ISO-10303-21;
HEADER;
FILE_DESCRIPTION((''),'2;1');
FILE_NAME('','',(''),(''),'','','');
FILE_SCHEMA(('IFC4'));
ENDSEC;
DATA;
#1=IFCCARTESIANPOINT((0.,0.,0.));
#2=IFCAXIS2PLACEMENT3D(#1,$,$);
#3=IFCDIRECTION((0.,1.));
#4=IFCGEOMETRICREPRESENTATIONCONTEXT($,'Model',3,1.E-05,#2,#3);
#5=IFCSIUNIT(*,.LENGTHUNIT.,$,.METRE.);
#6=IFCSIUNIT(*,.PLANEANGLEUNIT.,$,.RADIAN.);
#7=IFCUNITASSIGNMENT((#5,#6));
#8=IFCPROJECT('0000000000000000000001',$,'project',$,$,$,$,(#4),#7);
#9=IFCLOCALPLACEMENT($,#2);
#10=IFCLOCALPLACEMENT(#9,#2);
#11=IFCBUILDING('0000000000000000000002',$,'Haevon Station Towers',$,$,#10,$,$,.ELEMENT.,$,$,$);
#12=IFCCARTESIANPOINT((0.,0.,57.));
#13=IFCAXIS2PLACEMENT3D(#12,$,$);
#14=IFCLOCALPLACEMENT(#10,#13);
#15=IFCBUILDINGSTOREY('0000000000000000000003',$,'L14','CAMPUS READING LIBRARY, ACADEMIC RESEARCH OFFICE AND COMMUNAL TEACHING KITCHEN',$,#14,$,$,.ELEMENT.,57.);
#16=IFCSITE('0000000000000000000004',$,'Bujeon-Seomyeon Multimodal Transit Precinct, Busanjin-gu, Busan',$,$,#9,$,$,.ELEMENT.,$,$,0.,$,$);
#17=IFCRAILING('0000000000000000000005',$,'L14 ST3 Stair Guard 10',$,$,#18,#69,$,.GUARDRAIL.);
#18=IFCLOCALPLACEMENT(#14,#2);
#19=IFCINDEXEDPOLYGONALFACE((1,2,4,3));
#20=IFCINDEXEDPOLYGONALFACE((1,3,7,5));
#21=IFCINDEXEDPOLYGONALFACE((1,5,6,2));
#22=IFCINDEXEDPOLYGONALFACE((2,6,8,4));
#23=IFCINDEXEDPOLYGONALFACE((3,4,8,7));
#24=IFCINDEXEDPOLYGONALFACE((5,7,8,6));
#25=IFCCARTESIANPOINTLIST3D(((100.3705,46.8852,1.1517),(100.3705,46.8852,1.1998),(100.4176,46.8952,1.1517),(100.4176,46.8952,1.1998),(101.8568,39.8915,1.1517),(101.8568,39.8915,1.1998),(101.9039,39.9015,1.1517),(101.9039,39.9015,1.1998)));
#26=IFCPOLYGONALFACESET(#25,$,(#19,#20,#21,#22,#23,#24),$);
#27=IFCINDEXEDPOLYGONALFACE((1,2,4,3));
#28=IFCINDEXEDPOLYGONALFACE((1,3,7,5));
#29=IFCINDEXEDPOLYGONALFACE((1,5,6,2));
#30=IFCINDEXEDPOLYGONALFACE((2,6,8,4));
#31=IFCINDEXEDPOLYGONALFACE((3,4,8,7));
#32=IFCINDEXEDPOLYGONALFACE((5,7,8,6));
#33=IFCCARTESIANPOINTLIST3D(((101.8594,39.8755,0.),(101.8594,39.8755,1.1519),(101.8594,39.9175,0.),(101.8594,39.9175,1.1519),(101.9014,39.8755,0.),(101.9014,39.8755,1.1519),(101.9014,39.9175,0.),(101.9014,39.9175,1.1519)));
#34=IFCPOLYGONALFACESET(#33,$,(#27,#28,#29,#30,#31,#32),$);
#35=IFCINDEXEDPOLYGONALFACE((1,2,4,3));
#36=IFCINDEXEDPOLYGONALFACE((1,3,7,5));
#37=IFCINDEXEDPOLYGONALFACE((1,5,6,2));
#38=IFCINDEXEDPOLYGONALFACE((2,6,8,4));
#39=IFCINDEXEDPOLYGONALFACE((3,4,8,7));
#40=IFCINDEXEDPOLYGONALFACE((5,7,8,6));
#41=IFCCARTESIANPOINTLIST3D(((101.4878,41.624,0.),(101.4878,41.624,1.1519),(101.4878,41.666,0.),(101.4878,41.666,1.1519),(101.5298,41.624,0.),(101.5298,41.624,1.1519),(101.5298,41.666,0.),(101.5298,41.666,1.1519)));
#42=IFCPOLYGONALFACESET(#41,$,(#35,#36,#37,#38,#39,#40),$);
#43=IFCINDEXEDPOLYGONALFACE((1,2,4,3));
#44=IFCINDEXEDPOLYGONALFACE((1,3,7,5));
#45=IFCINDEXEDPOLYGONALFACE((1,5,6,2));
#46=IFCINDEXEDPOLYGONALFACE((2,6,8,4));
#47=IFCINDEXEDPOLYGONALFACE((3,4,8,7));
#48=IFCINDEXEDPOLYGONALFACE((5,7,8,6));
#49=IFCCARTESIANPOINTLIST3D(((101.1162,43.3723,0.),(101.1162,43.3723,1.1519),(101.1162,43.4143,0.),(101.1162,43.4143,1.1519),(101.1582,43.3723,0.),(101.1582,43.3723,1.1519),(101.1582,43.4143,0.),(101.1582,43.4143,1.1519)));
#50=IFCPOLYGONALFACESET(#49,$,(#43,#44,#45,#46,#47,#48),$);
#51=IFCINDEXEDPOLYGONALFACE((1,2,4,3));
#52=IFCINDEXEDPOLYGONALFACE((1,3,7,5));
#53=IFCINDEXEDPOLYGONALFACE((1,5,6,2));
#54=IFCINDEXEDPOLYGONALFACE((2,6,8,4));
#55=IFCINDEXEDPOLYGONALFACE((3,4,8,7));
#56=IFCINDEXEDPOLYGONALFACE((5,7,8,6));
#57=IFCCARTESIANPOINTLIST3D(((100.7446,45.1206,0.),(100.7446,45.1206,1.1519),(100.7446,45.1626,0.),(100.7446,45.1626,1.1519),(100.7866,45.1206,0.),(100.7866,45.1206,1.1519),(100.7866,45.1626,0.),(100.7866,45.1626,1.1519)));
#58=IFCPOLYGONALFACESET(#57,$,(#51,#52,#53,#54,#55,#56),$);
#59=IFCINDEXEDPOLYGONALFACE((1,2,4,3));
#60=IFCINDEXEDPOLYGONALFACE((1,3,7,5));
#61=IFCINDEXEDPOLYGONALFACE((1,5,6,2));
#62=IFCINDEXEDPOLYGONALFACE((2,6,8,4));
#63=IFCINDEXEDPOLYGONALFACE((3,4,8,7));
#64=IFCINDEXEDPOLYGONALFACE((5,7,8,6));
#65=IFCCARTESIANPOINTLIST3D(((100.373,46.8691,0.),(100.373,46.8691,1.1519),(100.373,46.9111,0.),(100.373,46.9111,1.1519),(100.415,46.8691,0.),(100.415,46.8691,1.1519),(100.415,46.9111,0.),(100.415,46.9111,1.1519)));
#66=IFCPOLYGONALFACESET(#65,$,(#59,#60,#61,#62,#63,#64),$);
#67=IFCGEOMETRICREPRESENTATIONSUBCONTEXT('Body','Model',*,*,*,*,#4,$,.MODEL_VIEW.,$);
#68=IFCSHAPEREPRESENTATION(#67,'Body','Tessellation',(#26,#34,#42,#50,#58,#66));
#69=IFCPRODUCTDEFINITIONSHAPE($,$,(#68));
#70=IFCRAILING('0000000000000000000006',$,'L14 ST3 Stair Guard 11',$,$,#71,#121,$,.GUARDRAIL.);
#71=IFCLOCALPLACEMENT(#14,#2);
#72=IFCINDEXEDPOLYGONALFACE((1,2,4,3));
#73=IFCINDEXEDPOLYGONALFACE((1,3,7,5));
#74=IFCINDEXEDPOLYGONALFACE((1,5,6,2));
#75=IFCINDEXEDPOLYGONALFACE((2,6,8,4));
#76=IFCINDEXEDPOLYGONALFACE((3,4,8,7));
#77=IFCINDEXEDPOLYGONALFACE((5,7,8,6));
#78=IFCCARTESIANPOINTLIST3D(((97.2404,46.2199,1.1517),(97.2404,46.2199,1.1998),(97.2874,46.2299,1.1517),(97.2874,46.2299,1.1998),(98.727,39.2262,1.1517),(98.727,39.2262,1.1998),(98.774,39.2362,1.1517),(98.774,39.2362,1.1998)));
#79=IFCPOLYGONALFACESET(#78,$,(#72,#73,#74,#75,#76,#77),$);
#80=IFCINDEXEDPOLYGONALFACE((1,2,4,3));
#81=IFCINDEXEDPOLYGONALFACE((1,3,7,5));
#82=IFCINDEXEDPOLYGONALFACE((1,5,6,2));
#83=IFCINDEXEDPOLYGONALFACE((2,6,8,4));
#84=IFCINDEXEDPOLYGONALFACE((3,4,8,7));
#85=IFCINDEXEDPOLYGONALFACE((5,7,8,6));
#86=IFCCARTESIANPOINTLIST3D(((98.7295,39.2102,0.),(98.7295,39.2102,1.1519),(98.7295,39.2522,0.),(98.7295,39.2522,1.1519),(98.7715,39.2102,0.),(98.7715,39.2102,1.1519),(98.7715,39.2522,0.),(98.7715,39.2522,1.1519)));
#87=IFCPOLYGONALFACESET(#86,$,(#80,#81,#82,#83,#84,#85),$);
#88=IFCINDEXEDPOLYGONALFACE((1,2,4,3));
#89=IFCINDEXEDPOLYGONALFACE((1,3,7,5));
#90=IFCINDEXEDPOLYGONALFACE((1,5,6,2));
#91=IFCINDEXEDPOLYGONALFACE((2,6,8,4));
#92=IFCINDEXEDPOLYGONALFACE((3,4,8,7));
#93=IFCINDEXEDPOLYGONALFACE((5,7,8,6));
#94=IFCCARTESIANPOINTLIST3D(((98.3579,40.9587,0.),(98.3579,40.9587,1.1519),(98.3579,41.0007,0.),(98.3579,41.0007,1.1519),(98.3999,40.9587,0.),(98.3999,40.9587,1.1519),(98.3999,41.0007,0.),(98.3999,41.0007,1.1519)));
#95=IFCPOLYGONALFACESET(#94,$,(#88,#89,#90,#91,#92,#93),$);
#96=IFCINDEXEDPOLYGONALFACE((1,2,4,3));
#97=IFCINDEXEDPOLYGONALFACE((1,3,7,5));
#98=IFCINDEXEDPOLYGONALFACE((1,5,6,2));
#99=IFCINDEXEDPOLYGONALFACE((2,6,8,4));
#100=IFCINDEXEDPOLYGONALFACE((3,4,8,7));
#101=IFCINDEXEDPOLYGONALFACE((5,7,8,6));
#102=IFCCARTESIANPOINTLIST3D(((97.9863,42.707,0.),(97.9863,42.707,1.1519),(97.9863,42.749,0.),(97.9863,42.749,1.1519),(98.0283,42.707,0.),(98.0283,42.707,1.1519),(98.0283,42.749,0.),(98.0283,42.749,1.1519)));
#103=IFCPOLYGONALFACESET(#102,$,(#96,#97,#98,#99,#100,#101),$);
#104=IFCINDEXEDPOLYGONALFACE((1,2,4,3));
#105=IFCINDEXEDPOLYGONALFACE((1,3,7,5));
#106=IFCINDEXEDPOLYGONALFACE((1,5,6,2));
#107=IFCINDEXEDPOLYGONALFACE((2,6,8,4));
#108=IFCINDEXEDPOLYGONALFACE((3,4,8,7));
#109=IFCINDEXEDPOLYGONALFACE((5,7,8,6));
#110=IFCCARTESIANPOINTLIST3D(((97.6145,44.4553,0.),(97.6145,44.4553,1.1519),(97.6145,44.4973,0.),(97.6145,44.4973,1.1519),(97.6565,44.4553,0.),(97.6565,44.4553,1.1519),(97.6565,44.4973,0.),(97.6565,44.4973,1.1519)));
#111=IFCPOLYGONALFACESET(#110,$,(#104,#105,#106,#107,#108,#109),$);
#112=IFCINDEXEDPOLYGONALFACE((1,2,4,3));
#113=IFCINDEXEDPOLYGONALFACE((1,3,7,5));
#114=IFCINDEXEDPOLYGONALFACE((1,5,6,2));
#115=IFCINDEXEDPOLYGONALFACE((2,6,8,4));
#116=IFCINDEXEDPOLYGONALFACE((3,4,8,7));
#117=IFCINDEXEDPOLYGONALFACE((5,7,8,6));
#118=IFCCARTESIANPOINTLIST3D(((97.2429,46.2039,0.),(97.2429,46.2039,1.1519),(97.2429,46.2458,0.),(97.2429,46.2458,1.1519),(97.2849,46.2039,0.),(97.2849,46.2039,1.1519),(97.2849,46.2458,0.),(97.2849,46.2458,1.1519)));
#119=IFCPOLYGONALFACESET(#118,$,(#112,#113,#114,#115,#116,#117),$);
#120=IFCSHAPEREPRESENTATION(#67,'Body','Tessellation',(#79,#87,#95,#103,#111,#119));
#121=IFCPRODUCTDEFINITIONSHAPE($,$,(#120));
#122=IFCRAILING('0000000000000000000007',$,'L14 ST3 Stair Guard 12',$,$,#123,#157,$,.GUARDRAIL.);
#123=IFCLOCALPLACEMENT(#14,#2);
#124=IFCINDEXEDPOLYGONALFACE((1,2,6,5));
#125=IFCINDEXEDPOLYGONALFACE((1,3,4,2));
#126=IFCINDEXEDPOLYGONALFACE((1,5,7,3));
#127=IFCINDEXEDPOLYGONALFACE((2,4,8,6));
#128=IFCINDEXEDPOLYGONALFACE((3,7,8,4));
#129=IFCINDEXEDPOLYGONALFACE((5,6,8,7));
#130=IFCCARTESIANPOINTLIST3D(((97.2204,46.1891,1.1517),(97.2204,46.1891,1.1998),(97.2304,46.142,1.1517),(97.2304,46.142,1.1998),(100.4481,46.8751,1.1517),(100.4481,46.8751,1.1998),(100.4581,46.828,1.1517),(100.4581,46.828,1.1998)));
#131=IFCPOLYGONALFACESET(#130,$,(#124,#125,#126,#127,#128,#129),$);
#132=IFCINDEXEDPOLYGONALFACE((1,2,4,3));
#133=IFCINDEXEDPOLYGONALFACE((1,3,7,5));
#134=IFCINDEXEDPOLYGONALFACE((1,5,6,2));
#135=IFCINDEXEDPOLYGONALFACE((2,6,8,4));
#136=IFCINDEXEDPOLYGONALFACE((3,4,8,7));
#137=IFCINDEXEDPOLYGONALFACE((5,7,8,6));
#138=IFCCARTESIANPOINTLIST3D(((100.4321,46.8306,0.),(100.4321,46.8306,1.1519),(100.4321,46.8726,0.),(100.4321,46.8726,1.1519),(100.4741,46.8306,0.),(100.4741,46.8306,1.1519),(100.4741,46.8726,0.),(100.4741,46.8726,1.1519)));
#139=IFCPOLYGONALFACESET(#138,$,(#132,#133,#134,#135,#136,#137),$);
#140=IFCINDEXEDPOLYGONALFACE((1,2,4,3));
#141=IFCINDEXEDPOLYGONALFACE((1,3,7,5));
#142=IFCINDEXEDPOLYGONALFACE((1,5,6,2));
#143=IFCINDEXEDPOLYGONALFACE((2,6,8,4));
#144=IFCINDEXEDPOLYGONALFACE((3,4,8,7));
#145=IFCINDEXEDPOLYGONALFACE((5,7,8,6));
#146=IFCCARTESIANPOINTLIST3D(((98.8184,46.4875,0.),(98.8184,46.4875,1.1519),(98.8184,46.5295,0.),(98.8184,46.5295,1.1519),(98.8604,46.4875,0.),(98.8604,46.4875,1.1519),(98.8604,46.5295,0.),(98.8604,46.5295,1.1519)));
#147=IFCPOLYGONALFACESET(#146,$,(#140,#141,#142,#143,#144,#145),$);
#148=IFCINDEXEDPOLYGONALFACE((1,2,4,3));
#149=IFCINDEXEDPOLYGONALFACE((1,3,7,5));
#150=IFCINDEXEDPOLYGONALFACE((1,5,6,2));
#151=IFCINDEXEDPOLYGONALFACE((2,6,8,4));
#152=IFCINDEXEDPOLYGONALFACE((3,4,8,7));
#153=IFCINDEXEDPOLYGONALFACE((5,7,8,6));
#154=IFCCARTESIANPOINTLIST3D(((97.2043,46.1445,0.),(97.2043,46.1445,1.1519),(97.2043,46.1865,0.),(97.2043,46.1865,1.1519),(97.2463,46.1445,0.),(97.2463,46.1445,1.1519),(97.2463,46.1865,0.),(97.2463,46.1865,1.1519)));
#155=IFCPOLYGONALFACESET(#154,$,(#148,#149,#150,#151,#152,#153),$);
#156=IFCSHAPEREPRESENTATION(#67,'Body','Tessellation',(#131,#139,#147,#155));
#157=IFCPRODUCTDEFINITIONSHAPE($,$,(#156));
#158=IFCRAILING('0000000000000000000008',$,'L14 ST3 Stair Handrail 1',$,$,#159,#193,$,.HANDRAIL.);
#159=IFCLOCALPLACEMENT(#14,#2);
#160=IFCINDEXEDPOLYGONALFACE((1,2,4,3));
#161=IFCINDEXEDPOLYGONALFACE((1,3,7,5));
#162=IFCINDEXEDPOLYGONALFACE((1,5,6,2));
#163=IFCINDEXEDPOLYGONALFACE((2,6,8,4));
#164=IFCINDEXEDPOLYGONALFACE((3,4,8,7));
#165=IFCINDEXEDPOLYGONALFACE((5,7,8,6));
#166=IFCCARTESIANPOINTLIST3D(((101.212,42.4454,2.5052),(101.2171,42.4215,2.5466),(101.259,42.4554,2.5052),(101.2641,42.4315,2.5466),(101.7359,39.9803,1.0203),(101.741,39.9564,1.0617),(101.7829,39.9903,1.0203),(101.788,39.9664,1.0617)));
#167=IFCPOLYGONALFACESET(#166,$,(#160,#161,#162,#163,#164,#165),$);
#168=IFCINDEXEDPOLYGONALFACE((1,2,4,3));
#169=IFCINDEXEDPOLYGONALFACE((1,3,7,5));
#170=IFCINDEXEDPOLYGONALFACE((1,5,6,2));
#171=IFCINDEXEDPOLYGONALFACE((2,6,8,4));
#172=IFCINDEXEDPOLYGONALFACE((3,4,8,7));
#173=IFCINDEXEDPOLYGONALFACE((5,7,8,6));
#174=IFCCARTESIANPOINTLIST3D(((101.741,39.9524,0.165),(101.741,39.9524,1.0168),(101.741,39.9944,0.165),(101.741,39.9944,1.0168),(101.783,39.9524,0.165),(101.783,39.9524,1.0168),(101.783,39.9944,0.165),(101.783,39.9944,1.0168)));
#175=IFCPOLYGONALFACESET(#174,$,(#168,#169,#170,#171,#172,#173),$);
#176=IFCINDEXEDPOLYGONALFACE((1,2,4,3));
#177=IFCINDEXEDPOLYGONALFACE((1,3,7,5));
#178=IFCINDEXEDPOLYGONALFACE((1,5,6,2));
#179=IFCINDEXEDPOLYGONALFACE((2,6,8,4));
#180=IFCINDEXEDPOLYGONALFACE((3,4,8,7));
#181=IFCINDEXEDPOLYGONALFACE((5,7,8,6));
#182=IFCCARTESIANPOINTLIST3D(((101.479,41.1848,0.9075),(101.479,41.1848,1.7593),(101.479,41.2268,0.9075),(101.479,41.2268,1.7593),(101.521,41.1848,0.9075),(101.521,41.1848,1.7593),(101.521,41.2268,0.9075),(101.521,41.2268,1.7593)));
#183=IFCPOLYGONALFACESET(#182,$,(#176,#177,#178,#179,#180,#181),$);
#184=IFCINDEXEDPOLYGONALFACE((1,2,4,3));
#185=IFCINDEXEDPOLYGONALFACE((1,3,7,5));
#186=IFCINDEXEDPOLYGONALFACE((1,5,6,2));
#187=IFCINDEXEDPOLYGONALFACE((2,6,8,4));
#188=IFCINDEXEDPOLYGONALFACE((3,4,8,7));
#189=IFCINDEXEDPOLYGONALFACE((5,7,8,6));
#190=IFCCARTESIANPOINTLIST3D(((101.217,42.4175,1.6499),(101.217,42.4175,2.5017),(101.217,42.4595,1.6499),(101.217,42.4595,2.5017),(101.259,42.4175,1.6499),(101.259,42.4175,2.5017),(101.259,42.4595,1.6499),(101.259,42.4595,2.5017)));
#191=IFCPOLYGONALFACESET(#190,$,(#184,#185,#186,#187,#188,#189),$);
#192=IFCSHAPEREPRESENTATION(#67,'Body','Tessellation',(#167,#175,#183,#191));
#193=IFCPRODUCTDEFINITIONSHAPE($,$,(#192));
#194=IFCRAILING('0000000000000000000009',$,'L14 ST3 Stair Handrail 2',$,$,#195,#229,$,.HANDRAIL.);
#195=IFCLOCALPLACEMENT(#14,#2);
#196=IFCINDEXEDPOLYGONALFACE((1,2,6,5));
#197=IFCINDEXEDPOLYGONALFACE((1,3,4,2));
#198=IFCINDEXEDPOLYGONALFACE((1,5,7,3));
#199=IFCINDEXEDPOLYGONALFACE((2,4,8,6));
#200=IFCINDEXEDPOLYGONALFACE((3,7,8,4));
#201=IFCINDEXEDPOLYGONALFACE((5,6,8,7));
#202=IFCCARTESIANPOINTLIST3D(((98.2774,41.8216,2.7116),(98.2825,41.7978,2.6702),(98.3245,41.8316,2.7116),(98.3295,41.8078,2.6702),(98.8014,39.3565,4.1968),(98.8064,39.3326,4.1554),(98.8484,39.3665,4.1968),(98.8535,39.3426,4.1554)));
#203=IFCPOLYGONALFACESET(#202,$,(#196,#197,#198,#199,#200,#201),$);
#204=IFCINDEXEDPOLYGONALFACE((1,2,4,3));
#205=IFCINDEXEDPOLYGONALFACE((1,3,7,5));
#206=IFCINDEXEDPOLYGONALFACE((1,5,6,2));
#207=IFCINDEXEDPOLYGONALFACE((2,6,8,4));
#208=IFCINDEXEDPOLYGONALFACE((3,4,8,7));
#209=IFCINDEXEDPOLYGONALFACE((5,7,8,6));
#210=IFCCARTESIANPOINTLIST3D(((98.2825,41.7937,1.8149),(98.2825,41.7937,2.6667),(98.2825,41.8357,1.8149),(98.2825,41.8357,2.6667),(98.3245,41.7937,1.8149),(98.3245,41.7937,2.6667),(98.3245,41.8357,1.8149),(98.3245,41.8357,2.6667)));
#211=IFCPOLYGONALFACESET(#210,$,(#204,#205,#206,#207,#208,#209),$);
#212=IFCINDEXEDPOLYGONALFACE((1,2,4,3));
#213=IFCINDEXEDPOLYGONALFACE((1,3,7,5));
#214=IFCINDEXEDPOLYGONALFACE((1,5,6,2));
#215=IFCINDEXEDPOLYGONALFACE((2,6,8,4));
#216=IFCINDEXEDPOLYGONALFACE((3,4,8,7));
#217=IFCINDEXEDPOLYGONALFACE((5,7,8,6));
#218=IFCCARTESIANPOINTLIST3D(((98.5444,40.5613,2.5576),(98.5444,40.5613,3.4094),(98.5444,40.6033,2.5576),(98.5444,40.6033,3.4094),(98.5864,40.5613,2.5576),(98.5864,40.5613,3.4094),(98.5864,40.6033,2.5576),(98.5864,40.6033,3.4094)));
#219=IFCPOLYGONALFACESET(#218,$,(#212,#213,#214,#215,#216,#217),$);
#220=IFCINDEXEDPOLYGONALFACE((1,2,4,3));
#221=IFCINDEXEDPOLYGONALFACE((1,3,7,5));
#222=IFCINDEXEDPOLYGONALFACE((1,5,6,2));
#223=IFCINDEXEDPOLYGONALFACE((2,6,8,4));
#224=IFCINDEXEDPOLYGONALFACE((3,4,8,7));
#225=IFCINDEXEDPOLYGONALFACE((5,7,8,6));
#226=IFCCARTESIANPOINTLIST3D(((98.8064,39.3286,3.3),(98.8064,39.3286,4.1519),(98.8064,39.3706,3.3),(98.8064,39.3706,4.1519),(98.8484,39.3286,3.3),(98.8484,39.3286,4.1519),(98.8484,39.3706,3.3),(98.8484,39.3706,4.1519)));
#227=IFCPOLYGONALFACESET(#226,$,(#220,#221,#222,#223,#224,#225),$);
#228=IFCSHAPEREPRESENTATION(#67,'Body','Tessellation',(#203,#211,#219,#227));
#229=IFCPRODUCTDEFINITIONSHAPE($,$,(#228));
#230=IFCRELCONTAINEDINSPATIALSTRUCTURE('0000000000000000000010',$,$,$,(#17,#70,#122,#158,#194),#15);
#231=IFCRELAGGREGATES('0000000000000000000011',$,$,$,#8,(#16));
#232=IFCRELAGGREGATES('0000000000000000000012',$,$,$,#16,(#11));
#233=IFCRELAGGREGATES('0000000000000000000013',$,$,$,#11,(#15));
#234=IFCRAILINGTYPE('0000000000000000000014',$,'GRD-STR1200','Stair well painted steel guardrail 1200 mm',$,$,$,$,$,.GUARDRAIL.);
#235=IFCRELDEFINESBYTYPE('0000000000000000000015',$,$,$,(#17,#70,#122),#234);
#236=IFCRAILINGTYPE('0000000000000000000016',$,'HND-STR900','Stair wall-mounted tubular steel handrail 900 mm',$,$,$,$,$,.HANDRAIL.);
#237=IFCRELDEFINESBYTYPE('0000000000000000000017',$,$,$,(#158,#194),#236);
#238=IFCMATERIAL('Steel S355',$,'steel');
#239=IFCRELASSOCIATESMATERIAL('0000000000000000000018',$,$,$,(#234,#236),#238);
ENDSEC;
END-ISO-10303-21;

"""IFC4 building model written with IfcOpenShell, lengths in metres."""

from ifc_helpers import new_model, si_unit, direction, frame, origin, origin_2d, place, context, subcontext, project, spatial, rectangle, extrude, material, type_object, element, save


model = new_model("IFC4")

# Units and contexts
model_context = context("Model", 3, precision=1e-05, world=origin(), true_north=direction((0.0, 1.0)))
body_context = subcontext(model_context, "Body", "Model", "MODEL_VIEW")
ifc_project = project(units=[si_unit("LENGTHUNIT", "METRE"), si_unit("PLANEANGLEUNIT", "RADIAN")], contexts=[model_context])

# Site, building, storey
site_placement = place(None, origin())
site = spatial("IfcSite", under=ifc_project, at=site_placement, Name="Bujeon-Seomyeon Multimodal Transit Precinct, Busanjin-gu, Busan", CompositionType="ELEMENT", RefElevation=0.0)
building_placement = place(site_placement, origin())
building = spatial("IfcBuilding", under=site, at=building_placement, Name="Haevon Station Towers", CompositionType="ELEMENT")
storey_placement = place(building_placement, frame((0.0, 0.0, 57.0)))
storey = spatial("IfcBuildingStorey", under=building, at=storey_placement, Name="L14", Description="CAMPUS READING LIBRARY, ACADEMIC RESEARCH OFFICE AND COMMUNAL TEACHING KITCHEN", CompositionType="ELEMENT", Elevation=57.0)

# Shared definitions
ifc_material_1 = material(Name="Steel S355", Category="steel")

# Railings
railing_type_1 = type_object("IfcRailingType", Name="GRD-STR1200", Description="Stair well painted steel guardrail 1200 mm", PredefinedType="GUARDRAIL", material=ifc_material_1)
railing_1_placement = place(storey_placement, frame((101.8804, 39.8965, 0.0)))
element("IfcRailing", 1, at=railing_1_placement, inside=storey, type_object=railing_type_1, Name="L14 ST3 Stair Guard 10", PredefinedType="GUARDRAIL", context=body_context, shape_type="SweptSolid", body=[
    extrude(rectangle(XDim=0.0481, YDim=0.0481, at=origin_2d()), frame((0.0, 0.0, 1.1758), z_axis=(-0.207882, 0.978154, 0.0), x_axis=(-0.978154, -0.207882, 0.0)), (0.0, 0.0, 1.0), 7.1499),
    extrude(rectangle(XDim=0.042, YDim=0.042, at=origin_2d()), origin(), (0.0, 0.0, 1.0), 1.1519),
    extrude(rectangle(XDim=0.042, YDim=0.042, at=origin_2d()), frame((-0.3716, 1.7485, 0.0)), (0.0, 0.0, 1.0), 1.1519),
    extrude(rectangle(XDim=0.042, YDim=0.042, at=origin_2d()), frame((-0.7432, 3.4968, 0.0)), (0.0, 0.0, 1.0), 1.1519),
    extrude(rectangle(XDim=0.042, YDim=0.042, at=origin_2d()), frame((-1.1147, 5.2451, 0.0)), (0.0, 0.0, 1.0), 1.1519),
    extrude(rectangle(XDim=0.042, YDim=0.042, at=origin_2d()), frame((-1.4863, 6.9937, 0.0)), (0.0, 0.0, 1.0), 1.1519),
])
railing_2_placement = place(storey_placement, frame((98.7505, 39.2312, 0.0)))
element("IfcRailing", 2, at=railing_2_placement, inside=storey, type_object=railing_type_1, Name="L14 ST3 Stair Guard 11", PredefinedType="GUARDRAIL", context=body_context, shape_type="SweptSolid", body=[
    extrude(rectangle(XDim=0.0481, YDim=0.0481, at=origin_2d()), frame((0.0, 0.0, 1.1758), z_axis=(-0.207915, 0.978147, 0.0), x_axis=(-0.978147, -0.207915, 0.0)), (0.0, 0.0, 1.0), 7.1499),
    extrude(rectangle(XDim=0.042, YDim=0.042, at=origin_2d()), origin(), (0.0, 0.0, 1.0), 1.1519),
    extrude(rectangle(XDim=0.042, YDim=0.042, at=origin_2d()), frame((-0.3716, 1.7485, 0.0)), (0.0, 0.0, 1.0), 1.1519),
    extrude(rectangle(XDim=0.042, YDim=0.042, at=origin_2d()), frame((-0.7432, 3.4968, 0.0)), (0.0, 0.0, 1.0), 1.1519),
    extrude(rectangle(XDim=0.042, YDim=0.042, at=origin_2d()), frame((-1.115, 5.2451, 0.0)), (0.0, 0.0, 1.0), 1.1519),
    extrude(rectangle(XDim=0.042, YDim=0.042, at=origin_2d()), frame((-1.4866, 6.9937, 0.0)), (0.0, 0.0, 1.0), 1.1519),
])
railing_3_placement = place(storey_placement, frame((100.4531, 46.8516, 0.0)))
element("IfcRailing", 3, at=railing_3_placement, inside=storey, type_object=railing_type_1, Name="L14 ST3 Stair Guard 12", PredefinedType="GUARDRAIL", context=body_context, shape_type="SweptSolid", body=[
    extrude(rectangle(XDim=0.0481, YDim=0.0481, at=origin_2d()), frame((0.0, 0.0, 1.1758), z_axis=(-0.978151, -0.207897, 0.0), x_axis=(0.207897, -0.978151, 0.0)), (0.0, 0.0, 1.0), 3.2998),
    extrude(rectangle(XDim=0.042, YDim=0.042, at=origin_2d()), origin(), (0.0, 0.0, 1.0), 1.1519),
    extrude(rectangle(XDim=0.042, YDim=0.042, at=origin_2d()), frame((-1.6138, -0.343, 0.0)), (0.0, 0.0, 1.0), 1.1519),
    extrude(rectangle(XDim=0.042, YDim=0.042, at=origin_2d()), frame((-3.2278, -0.686, 0.0)), (0.0, 0.0, 1.0), 1.1519),
])
railing_type_2 = type_object("IfcRailingType", Name="HND-STR900", Description="Stair wall-mounted tubular steel handrail 900 mm", PredefinedType="HANDRAIL", material=ifc_material_1)
railing_4_placement = place(storey_placement, frame((101.762, 39.9734, 0.165)))
element("IfcRailing", 4, at=railing_4_placement, inside=storey, type_object=railing_type_2, Name="L14 ST3 Stair Handrail 1", PredefinedType="HANDRAIL", context=body_context, shape_type="SweptSolid", body=[
    extrude(rectangle(XDim=0.0481, YDim=0.0481, at=origin_2d()), frame((0.0, 0.0, 0.876), z_axis=(-0.179116, 0.842748, 0.507635), x_axis=(-0.978151, -0.207895, 0.0)), (0.0, 0.0, 1.0), 2.925),
    extrude(rectangle(XDim=0.042, YDim=0.042, at=origin_2d()), origin(), (0.0, 0.0, 1.0), 0.8518),
    extrude(rectangle(XDim=0.042, YDim=0.042, at=origin_2d()), frame((-0.262, 1.2324, 0.7424)), (0.0, 0.0, 1.0), 0.8518),
    extrude(rectangle(XDim=0.042, YDim=0.042, at=origin_2d()), frame((-0.5239, 2.4651, 1.4849)), (0.0, 0.0, 1.0), 0.8518),
])
railing_5_placement = place(storey_placement, frame((98.3035, 41.8147, 1.8149)))
element("IfcRailing", 5, at=railing_5_placement, inside=storey, type_object=railing_type_2, Name="L14 ST3 Stair Handrail 2", PredefinedType="HANDRAIL", context=body_context, shape_type="SweptSolid", body=[
    extrude(rectangle(XDim=0.0481, YDim=0.0481, at=origin_2d()), frame((0.0, 0.0, 0.876), z_axis=(0.179109, -0.842712, 0.507697), x_axis=(0.978151, 0.207895, 0.0)), (0.0, 0.0, 1.0), 2.9253),
    extrude(rectangle(XDim=0.042, YDim=0.042, at=origin_2d()), origin(), (0.0, 0.0, 1.0), 0.8518),
    extrude(rectangle(XDim=0.042, YDim=0.042, at=origin_2d()), frame((0.262, -1.2324, 0.7427)), (0.0, 0.0, 1.0), 0.8518),
    extrude(rectangle(XDim=0.042, YDim=0.042, at=origin_2d()), frame((0.5239, -2.4651, 1.4851)), (0.0, 0.0, 1.0), 0.8518),
])

save(model, "model.ifc")
